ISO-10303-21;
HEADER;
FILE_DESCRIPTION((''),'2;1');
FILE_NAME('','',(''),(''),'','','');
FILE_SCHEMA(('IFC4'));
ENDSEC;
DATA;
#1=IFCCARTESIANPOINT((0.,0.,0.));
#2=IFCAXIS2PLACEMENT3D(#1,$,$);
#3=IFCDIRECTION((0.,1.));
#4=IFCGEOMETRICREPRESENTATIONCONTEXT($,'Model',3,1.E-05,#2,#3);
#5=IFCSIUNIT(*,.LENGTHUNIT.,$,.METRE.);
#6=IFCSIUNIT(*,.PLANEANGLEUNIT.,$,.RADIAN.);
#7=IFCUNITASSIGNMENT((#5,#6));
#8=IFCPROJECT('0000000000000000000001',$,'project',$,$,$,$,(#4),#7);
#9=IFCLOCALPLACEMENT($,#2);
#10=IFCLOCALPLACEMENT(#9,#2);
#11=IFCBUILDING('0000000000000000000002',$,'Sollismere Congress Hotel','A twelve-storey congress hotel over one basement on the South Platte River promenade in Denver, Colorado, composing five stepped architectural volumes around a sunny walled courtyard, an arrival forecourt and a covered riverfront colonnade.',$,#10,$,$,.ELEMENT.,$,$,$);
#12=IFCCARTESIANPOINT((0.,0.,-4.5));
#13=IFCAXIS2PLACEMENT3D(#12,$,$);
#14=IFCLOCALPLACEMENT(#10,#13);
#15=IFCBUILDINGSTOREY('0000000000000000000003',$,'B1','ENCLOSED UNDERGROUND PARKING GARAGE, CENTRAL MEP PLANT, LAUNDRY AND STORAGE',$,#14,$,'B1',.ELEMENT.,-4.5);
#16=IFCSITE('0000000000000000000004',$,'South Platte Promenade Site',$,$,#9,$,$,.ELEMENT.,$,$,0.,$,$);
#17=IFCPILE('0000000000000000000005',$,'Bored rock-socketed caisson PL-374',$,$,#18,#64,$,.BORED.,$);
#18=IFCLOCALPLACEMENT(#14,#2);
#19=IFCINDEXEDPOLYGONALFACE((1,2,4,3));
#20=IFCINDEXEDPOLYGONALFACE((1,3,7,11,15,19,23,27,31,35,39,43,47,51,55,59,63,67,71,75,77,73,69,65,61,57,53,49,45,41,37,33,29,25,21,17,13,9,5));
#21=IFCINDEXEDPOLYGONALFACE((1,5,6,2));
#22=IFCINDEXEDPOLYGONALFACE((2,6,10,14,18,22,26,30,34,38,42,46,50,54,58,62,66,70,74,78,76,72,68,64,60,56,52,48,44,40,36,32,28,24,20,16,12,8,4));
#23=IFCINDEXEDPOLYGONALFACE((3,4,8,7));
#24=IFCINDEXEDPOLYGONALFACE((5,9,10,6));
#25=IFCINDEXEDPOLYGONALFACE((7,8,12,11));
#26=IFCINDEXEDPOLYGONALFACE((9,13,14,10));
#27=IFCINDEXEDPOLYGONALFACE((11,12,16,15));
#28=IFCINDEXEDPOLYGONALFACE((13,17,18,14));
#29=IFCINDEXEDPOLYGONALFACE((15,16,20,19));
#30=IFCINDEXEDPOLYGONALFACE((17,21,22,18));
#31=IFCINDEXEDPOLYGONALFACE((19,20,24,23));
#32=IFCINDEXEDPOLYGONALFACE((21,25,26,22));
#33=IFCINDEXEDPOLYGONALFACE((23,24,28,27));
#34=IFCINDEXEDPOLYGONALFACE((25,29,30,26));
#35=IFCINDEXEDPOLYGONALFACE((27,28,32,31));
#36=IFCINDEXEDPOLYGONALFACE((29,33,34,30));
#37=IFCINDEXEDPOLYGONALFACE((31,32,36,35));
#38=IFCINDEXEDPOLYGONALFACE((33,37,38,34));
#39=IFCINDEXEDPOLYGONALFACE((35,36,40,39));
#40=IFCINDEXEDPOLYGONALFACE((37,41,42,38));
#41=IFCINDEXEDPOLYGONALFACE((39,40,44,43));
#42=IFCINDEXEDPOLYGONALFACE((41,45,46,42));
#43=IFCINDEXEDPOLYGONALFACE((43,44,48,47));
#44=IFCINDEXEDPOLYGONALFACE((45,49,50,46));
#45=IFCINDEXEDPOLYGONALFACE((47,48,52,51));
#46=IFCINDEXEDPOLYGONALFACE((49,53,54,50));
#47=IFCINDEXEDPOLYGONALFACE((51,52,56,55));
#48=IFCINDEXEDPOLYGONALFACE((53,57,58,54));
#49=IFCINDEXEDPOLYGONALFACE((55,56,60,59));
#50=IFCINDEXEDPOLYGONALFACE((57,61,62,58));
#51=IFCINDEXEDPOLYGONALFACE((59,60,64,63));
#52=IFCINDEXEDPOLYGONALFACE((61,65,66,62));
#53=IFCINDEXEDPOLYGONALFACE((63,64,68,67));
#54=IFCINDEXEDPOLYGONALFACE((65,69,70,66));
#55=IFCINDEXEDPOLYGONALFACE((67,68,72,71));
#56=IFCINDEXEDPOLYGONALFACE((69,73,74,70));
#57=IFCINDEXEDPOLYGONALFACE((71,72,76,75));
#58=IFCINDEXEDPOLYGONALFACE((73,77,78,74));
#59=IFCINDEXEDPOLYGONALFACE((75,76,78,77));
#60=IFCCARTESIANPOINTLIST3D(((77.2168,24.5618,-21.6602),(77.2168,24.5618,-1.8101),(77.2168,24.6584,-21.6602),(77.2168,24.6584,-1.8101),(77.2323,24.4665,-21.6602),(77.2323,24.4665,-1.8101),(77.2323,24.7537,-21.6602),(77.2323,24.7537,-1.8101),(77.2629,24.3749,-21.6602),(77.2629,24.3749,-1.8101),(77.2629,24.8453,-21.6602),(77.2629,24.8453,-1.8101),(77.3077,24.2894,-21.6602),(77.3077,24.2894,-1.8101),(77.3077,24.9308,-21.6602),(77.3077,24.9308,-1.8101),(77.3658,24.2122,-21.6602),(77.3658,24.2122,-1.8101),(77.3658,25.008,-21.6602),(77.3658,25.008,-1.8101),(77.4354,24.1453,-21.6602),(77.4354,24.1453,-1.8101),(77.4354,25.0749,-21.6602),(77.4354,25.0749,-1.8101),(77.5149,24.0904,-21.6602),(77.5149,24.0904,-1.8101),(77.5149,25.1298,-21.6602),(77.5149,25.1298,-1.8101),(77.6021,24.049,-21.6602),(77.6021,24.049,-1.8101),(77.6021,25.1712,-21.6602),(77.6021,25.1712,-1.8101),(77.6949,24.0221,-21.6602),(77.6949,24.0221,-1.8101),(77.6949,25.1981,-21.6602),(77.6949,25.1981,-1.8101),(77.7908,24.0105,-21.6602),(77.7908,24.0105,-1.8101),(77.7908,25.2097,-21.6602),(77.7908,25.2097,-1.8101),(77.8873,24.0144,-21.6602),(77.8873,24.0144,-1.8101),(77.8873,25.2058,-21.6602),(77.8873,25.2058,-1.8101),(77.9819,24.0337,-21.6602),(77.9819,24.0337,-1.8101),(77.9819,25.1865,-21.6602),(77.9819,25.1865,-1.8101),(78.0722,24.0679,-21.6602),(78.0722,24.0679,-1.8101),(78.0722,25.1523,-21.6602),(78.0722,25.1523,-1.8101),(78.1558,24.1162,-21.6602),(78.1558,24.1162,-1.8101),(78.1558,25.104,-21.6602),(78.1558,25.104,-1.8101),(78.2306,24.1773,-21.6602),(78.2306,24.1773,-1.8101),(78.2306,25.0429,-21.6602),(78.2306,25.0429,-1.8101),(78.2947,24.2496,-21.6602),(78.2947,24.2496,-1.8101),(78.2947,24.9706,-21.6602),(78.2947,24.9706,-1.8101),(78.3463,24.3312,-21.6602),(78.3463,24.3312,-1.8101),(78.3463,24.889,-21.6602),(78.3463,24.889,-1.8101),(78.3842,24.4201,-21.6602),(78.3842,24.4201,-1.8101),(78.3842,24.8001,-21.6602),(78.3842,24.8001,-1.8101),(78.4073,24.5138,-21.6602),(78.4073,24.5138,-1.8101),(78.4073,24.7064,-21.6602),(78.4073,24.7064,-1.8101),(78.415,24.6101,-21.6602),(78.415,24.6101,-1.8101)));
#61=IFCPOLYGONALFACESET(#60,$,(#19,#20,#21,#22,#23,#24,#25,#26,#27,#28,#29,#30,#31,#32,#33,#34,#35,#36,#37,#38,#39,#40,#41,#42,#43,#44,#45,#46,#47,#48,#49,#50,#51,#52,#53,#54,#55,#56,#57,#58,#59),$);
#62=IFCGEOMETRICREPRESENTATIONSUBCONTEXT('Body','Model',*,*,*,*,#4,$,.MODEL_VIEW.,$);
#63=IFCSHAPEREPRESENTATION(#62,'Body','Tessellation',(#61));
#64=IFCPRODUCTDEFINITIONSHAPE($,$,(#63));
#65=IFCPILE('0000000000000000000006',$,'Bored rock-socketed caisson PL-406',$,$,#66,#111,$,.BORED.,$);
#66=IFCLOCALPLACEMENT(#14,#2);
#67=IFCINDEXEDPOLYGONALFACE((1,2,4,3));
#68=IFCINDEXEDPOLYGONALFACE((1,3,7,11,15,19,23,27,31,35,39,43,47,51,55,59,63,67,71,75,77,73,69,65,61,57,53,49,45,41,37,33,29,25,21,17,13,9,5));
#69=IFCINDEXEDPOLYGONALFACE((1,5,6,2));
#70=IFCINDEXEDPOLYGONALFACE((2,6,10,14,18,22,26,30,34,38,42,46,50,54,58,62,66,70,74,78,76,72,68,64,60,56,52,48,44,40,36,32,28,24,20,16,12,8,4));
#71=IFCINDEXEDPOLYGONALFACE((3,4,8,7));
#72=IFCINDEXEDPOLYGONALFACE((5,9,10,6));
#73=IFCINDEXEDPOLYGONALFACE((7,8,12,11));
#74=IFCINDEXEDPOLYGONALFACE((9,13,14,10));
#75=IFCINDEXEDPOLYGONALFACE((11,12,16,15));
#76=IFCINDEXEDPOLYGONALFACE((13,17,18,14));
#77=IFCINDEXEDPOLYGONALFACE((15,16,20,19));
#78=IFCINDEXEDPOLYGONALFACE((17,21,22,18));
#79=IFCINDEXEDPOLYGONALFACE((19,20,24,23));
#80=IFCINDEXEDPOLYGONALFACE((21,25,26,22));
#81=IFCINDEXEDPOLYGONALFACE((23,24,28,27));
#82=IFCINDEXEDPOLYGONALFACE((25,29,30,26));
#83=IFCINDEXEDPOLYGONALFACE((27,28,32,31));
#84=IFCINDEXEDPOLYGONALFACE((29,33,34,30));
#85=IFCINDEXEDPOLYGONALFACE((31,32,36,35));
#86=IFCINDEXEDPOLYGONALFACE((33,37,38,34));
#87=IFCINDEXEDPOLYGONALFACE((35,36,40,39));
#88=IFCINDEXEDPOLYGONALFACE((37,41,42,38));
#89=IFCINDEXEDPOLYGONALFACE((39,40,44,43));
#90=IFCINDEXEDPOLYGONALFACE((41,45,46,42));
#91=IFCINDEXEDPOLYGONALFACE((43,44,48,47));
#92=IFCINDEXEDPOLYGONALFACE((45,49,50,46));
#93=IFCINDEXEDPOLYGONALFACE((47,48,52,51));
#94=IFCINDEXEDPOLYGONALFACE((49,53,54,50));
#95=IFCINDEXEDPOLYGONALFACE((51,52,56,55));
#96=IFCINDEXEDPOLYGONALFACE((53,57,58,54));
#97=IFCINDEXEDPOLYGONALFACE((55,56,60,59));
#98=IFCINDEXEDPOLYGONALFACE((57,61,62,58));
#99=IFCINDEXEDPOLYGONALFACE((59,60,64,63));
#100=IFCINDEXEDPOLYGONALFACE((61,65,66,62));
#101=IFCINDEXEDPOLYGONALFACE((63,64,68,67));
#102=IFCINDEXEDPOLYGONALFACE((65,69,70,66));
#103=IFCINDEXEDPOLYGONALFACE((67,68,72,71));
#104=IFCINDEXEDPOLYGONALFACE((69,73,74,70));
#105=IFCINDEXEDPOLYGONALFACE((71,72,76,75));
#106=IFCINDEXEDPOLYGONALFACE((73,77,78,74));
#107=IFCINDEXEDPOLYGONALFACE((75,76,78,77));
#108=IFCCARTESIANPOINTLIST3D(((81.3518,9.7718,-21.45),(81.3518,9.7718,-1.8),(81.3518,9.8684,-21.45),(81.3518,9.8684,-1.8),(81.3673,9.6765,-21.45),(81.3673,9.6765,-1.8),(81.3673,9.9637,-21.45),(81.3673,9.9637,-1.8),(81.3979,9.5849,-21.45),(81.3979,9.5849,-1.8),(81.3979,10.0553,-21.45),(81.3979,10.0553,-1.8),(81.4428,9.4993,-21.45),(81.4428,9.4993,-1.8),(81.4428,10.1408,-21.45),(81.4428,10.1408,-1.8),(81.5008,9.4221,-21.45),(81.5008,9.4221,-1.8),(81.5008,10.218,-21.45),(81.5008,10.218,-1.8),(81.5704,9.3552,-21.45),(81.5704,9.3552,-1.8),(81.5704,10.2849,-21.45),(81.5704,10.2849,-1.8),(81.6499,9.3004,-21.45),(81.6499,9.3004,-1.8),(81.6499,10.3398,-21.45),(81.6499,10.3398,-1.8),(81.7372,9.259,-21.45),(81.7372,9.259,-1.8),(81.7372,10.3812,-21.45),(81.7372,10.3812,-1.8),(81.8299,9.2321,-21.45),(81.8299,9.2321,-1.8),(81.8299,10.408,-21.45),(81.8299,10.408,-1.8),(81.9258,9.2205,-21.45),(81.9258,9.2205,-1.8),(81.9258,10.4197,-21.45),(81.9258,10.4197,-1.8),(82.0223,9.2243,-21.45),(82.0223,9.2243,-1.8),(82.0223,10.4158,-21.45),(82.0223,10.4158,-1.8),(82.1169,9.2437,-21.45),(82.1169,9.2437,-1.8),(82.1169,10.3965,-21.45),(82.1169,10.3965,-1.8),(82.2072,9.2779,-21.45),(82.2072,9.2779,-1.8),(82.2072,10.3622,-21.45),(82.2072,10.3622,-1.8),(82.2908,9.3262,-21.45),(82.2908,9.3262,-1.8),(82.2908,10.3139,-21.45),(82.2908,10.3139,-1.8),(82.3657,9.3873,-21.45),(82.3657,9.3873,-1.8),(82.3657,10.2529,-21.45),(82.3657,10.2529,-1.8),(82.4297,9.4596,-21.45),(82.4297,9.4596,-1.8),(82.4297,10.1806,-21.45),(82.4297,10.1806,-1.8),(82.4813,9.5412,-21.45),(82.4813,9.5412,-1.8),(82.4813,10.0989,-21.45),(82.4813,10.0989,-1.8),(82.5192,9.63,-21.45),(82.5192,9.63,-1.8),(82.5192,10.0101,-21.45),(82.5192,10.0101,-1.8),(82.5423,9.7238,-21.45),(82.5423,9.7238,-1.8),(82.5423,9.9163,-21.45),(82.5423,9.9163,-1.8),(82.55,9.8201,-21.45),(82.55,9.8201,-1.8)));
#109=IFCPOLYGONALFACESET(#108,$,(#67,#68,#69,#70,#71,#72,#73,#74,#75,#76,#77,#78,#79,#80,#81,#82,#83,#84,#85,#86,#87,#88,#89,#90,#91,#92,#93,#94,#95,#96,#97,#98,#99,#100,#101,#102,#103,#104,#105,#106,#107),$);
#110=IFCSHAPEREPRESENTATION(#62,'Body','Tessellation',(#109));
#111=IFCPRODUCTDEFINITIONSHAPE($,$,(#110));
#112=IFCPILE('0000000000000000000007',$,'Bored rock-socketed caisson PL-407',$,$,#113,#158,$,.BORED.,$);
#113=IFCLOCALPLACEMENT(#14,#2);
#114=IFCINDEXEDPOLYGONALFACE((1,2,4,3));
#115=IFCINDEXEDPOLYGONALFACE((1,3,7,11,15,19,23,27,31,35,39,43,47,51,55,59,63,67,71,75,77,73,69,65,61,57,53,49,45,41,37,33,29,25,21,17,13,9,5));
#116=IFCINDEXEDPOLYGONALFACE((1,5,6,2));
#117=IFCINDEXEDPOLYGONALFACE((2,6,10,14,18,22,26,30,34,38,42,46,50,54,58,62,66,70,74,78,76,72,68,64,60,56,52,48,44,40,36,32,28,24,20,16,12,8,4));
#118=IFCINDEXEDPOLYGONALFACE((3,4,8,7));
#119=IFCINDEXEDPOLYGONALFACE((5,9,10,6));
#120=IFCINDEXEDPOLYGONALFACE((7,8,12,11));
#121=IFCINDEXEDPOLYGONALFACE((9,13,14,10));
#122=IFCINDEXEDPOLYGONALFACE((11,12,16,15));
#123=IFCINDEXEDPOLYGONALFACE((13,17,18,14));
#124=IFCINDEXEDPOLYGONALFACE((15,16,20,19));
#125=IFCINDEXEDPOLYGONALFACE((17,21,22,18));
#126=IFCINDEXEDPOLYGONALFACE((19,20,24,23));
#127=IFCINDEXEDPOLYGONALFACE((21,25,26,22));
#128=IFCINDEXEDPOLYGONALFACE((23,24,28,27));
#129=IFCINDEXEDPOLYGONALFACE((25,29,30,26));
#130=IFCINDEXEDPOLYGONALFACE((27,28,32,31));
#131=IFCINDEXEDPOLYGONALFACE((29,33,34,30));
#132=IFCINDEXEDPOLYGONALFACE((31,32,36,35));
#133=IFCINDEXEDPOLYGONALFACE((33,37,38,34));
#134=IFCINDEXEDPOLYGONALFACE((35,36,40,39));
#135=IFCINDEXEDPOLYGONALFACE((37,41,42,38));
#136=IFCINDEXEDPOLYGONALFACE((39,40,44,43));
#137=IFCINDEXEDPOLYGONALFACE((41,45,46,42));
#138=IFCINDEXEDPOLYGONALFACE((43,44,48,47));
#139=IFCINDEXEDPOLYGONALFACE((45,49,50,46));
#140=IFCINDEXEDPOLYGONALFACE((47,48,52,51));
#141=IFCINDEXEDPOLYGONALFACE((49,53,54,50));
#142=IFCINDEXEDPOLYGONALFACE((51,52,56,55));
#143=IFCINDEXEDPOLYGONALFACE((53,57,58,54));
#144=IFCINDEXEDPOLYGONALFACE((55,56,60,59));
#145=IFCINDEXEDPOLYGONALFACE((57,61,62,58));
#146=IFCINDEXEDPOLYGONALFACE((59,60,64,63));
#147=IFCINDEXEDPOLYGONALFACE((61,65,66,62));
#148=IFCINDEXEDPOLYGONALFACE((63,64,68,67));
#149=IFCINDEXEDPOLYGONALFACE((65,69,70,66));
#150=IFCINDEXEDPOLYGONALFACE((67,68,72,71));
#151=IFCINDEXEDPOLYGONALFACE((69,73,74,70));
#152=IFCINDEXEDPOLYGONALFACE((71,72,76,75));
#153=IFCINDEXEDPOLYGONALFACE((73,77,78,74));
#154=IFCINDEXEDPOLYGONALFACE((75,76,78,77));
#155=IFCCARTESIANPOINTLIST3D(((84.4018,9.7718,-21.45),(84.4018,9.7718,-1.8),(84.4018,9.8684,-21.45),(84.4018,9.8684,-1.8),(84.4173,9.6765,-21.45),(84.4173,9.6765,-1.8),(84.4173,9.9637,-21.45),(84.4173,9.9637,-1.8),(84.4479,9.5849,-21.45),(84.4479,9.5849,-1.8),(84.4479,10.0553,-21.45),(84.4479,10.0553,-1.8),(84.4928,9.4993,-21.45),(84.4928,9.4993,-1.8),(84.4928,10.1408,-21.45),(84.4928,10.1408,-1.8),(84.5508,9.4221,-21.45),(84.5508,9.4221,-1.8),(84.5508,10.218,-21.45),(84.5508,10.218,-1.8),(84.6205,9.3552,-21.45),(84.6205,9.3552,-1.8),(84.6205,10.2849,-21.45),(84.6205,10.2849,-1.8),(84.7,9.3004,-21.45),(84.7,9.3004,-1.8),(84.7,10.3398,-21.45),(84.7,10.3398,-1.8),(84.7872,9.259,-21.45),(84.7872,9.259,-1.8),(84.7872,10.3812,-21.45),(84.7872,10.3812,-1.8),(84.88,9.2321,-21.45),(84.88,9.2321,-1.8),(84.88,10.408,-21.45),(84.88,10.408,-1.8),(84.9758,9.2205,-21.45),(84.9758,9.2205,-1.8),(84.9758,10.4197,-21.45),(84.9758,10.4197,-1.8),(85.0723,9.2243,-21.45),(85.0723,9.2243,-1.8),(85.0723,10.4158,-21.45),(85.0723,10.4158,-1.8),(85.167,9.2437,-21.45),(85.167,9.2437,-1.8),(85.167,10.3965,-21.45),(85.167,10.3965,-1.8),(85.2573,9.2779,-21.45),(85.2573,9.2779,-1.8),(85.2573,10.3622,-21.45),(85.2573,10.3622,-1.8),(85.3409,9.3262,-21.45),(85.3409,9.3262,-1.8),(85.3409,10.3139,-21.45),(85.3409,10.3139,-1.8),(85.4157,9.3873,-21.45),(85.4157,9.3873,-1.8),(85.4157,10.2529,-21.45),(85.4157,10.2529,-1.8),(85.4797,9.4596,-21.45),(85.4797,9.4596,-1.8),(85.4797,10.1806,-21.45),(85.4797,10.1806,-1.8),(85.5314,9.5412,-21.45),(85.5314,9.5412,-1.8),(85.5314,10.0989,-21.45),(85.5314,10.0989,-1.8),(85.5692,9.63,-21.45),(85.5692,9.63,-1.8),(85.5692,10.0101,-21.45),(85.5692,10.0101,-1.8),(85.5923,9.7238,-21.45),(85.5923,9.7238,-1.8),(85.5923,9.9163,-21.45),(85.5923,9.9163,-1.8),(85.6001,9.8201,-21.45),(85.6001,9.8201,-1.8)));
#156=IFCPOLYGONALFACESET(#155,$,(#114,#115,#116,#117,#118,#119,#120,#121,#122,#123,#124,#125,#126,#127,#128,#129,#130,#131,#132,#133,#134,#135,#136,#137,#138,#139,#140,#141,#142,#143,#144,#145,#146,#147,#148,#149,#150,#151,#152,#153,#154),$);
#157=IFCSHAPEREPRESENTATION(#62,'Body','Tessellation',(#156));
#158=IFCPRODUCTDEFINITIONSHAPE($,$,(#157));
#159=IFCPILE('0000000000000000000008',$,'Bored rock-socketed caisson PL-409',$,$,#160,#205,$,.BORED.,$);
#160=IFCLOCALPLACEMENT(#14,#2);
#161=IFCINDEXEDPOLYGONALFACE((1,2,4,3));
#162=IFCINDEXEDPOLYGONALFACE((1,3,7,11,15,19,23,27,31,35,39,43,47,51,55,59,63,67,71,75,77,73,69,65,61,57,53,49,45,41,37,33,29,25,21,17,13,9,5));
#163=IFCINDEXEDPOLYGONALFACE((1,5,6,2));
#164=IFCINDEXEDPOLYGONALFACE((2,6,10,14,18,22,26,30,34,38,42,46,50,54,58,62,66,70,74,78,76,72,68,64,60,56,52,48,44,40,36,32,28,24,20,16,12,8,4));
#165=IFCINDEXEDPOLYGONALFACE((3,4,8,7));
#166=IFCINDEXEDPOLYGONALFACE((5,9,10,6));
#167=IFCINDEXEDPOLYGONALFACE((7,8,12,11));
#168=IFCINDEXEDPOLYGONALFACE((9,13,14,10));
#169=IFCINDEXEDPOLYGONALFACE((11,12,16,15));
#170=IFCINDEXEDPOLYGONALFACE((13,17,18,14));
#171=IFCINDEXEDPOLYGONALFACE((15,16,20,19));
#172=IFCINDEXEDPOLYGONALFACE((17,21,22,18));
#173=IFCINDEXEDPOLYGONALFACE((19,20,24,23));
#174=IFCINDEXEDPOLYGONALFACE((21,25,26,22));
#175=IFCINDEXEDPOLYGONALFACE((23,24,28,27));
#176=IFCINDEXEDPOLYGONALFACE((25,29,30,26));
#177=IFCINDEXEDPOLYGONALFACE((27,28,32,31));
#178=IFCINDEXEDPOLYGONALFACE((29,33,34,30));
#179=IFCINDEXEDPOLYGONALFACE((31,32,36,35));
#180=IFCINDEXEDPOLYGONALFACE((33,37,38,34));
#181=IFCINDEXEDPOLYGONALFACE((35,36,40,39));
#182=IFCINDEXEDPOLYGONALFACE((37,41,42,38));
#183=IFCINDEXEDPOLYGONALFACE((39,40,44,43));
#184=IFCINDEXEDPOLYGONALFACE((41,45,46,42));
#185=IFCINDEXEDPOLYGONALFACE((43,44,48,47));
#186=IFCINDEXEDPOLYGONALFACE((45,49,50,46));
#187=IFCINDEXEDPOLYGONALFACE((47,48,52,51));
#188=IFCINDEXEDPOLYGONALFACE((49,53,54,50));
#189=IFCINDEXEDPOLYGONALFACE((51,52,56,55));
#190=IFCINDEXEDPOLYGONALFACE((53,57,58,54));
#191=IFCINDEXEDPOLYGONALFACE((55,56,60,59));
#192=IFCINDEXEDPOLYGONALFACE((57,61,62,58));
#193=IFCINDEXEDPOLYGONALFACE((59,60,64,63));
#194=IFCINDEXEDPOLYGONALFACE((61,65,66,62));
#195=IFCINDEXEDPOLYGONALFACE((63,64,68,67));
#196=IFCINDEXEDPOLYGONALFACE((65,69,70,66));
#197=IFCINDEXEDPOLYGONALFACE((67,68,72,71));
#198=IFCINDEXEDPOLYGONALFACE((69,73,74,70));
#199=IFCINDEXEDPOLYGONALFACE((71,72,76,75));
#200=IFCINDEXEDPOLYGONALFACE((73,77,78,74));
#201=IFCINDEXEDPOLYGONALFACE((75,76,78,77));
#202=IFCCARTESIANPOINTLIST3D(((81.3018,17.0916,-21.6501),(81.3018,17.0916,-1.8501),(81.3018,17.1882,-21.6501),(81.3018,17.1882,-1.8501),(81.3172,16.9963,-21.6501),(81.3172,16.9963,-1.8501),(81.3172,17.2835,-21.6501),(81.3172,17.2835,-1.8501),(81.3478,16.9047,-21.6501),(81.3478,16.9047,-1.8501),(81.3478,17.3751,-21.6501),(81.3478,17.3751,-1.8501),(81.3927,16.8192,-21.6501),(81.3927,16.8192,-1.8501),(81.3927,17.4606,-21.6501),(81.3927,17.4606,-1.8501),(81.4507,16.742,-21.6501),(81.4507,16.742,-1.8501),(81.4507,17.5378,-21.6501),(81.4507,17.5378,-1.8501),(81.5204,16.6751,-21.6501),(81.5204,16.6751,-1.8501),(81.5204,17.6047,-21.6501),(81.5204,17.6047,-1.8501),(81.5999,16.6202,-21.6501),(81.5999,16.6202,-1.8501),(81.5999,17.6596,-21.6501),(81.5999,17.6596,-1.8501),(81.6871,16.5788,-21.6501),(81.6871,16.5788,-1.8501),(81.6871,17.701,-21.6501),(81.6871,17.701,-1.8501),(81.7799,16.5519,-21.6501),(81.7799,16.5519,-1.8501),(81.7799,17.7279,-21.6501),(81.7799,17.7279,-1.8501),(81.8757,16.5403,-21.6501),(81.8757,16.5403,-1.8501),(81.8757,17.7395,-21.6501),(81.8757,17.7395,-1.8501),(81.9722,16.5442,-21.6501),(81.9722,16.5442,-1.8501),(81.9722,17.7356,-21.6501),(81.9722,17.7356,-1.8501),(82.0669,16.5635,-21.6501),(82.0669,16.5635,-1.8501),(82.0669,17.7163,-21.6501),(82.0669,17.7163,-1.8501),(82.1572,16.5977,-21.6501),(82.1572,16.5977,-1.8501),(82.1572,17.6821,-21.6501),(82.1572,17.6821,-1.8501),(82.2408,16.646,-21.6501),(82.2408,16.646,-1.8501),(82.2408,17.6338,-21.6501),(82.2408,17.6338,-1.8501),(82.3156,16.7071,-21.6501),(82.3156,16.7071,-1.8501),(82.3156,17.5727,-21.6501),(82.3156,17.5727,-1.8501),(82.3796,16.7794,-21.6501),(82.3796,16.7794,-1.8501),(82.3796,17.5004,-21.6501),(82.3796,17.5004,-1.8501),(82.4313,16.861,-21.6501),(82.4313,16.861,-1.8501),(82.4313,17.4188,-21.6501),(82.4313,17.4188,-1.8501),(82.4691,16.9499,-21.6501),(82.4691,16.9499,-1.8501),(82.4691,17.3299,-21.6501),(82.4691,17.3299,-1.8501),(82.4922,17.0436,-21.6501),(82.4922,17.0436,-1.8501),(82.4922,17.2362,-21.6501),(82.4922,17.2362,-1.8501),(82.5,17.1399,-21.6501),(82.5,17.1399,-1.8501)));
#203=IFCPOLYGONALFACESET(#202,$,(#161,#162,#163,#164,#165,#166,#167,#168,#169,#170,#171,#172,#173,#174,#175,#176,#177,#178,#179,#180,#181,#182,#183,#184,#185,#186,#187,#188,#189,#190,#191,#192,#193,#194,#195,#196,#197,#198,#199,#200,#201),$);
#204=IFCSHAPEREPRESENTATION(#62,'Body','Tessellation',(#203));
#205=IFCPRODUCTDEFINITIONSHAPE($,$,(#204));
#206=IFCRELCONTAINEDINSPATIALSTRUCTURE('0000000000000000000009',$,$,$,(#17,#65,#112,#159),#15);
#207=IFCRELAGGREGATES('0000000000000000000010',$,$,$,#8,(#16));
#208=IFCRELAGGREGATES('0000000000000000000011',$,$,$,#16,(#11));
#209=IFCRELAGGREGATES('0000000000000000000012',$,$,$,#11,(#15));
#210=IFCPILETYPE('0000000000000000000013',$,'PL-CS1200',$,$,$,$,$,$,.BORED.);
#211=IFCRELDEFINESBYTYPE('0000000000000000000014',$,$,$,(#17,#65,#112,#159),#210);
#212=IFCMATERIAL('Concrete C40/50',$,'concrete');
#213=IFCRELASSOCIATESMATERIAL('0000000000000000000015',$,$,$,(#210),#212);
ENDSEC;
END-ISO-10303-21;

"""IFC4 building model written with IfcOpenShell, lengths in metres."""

from ifc_helpers import new_model, si_unit, direction, frame, origin, origin_2d, place, context, subcontext, project, spatial, circle, extrude, material, material_profile, profile_set, type_object, element, save


model = new_model("IFC4")

# Units and contexts
model_context = context("Model", 3, precision=1e-05, world=origin(), true_north=direction((0.0, 1.0)))
body_context = subcontext(model_context, "Body", "Model", "MODEL_VIEW")
ifc_project = project(units=[si_unit("LENGTHUNIT", "METRE"), si_unit("PLANEANGLEUNIT", "RADIAN")], contexts=[model_context])

# Site, building, storey
site_placement = place(None, origin())
site = spatial("IfcSite", under=ifc_project, at=site_placement, Name="South Platte Promenade Site", CompositionType="ELEMENT", RefElevation=0.0)
building_placement = place(site_placement, origin())
building = spatial("IfcBuilding", under=site, at=building_placement, Name="Sollismere Congress Hotel", Description="A twelve-storey congress hotel over one basement on the South Platte River promenade in Denver, Colorado, composing five stepped architectural volumes around a sunny walled courtyard, an arrival forecourt and a covered riverfront colonnade.", CompositionType="ELEMENT")
storey_placement = place(building_placement, frame((0.0, 0.0, -4.5)))
storey = spatial("IfcBuildingStorey", under=building, at=storey_placement, Name="B1", Description="ENCLOSED UNDERGROUND PARKING GARAGE, CENTRAL MEP PLANT, LAUNDRY AND STORAGE", LongName="B1", CompositionType="ELEMENT", Elevation=-4.5)

# Shared definitions
ifc_material_1 = material(Name="Concrete C40/50", Category="concrete")

# Piles
ifc_material_profile_1 = material_profile(ifc_material_1, circle(Radius=0.6001, at=origin_2d()), Name="CAISSON1200")
ifc_profile_set_1 = profile_set([ifc_material_profile_1], Name="Concrete C40/50")
pile_type = type_object("IfcPileType", Name="PL-CS1200", PredefinedType="BORED", material=ifc_profile_set_1)
pile_1_placement = place(storey_placement, frame((77.8149, 24.6101, -1.8101), z_axis=(0.0, 0.0, -1.0), x_axis=(1.0, 0.0, 0.0)))
element("IfcPile", 1, at=pile_1_placement, inside=storey, type_object=pile_type, Name="Bored rock-socketed caisson PL-374", PredefinedType="BORED", context=body_context, shape_type="SweptSolid", body=[
    extrude(circle(Radius=0.6001, at=origin_2d()), origin(), (0.0, 0.0, 1.0), 19.8501),
])
for number, where, z_axis, x_axis, name in (
    (2, (81.95, 9.8201, -1.8), (0.0, 0.0, -1.0), (1.0, 0.0, 0.0), "Bored rock-socketed caisson PL-406"),
    (3, (85.0, 9.8201, -1.8), (0.0, 0.0, -1.0), (1.0, 0.0, 0.0), "Bored rock-socketed caisson PL-407"),
):
    element("IfcPile", number, at=place(storey_placement, frame(where, z_axis=z_axis, x_axis=x_axis)), inside=storey, type_object=pile_type, Name=name, PredefinedType="BORED", context=body_context, shape_type="SweptSolid", body=[
        extrude(circle(Radius=0.6001, at=origin_2d()), origin(), (0.0, 0.0, 1.0), 19.6499),
    ])
for number, where, z_axis, x_axis, name in (
    (4, (81.8999, 17.1399, -1.8501), (0.0, 0.0, -1.0), (1.0, 0.0, 0.0), "Bored rock-socketed caisson PL-409"),
):
    element("IfcPile", number, at=place(storey_placement, frame(where, z_axis=z_axis, x_axis=x_axis)), inside=storey, type_object=pile_type, Name=name, PredefinedType="BORED", context=body_context, shape_type="SweptSolid", body=[
        extrude(circle(Radius=0.6001, at=origin_2d()), origin(), (0.0, 0.0, 1.0), 19.8),
    ])

save(model, "model.ifc")
